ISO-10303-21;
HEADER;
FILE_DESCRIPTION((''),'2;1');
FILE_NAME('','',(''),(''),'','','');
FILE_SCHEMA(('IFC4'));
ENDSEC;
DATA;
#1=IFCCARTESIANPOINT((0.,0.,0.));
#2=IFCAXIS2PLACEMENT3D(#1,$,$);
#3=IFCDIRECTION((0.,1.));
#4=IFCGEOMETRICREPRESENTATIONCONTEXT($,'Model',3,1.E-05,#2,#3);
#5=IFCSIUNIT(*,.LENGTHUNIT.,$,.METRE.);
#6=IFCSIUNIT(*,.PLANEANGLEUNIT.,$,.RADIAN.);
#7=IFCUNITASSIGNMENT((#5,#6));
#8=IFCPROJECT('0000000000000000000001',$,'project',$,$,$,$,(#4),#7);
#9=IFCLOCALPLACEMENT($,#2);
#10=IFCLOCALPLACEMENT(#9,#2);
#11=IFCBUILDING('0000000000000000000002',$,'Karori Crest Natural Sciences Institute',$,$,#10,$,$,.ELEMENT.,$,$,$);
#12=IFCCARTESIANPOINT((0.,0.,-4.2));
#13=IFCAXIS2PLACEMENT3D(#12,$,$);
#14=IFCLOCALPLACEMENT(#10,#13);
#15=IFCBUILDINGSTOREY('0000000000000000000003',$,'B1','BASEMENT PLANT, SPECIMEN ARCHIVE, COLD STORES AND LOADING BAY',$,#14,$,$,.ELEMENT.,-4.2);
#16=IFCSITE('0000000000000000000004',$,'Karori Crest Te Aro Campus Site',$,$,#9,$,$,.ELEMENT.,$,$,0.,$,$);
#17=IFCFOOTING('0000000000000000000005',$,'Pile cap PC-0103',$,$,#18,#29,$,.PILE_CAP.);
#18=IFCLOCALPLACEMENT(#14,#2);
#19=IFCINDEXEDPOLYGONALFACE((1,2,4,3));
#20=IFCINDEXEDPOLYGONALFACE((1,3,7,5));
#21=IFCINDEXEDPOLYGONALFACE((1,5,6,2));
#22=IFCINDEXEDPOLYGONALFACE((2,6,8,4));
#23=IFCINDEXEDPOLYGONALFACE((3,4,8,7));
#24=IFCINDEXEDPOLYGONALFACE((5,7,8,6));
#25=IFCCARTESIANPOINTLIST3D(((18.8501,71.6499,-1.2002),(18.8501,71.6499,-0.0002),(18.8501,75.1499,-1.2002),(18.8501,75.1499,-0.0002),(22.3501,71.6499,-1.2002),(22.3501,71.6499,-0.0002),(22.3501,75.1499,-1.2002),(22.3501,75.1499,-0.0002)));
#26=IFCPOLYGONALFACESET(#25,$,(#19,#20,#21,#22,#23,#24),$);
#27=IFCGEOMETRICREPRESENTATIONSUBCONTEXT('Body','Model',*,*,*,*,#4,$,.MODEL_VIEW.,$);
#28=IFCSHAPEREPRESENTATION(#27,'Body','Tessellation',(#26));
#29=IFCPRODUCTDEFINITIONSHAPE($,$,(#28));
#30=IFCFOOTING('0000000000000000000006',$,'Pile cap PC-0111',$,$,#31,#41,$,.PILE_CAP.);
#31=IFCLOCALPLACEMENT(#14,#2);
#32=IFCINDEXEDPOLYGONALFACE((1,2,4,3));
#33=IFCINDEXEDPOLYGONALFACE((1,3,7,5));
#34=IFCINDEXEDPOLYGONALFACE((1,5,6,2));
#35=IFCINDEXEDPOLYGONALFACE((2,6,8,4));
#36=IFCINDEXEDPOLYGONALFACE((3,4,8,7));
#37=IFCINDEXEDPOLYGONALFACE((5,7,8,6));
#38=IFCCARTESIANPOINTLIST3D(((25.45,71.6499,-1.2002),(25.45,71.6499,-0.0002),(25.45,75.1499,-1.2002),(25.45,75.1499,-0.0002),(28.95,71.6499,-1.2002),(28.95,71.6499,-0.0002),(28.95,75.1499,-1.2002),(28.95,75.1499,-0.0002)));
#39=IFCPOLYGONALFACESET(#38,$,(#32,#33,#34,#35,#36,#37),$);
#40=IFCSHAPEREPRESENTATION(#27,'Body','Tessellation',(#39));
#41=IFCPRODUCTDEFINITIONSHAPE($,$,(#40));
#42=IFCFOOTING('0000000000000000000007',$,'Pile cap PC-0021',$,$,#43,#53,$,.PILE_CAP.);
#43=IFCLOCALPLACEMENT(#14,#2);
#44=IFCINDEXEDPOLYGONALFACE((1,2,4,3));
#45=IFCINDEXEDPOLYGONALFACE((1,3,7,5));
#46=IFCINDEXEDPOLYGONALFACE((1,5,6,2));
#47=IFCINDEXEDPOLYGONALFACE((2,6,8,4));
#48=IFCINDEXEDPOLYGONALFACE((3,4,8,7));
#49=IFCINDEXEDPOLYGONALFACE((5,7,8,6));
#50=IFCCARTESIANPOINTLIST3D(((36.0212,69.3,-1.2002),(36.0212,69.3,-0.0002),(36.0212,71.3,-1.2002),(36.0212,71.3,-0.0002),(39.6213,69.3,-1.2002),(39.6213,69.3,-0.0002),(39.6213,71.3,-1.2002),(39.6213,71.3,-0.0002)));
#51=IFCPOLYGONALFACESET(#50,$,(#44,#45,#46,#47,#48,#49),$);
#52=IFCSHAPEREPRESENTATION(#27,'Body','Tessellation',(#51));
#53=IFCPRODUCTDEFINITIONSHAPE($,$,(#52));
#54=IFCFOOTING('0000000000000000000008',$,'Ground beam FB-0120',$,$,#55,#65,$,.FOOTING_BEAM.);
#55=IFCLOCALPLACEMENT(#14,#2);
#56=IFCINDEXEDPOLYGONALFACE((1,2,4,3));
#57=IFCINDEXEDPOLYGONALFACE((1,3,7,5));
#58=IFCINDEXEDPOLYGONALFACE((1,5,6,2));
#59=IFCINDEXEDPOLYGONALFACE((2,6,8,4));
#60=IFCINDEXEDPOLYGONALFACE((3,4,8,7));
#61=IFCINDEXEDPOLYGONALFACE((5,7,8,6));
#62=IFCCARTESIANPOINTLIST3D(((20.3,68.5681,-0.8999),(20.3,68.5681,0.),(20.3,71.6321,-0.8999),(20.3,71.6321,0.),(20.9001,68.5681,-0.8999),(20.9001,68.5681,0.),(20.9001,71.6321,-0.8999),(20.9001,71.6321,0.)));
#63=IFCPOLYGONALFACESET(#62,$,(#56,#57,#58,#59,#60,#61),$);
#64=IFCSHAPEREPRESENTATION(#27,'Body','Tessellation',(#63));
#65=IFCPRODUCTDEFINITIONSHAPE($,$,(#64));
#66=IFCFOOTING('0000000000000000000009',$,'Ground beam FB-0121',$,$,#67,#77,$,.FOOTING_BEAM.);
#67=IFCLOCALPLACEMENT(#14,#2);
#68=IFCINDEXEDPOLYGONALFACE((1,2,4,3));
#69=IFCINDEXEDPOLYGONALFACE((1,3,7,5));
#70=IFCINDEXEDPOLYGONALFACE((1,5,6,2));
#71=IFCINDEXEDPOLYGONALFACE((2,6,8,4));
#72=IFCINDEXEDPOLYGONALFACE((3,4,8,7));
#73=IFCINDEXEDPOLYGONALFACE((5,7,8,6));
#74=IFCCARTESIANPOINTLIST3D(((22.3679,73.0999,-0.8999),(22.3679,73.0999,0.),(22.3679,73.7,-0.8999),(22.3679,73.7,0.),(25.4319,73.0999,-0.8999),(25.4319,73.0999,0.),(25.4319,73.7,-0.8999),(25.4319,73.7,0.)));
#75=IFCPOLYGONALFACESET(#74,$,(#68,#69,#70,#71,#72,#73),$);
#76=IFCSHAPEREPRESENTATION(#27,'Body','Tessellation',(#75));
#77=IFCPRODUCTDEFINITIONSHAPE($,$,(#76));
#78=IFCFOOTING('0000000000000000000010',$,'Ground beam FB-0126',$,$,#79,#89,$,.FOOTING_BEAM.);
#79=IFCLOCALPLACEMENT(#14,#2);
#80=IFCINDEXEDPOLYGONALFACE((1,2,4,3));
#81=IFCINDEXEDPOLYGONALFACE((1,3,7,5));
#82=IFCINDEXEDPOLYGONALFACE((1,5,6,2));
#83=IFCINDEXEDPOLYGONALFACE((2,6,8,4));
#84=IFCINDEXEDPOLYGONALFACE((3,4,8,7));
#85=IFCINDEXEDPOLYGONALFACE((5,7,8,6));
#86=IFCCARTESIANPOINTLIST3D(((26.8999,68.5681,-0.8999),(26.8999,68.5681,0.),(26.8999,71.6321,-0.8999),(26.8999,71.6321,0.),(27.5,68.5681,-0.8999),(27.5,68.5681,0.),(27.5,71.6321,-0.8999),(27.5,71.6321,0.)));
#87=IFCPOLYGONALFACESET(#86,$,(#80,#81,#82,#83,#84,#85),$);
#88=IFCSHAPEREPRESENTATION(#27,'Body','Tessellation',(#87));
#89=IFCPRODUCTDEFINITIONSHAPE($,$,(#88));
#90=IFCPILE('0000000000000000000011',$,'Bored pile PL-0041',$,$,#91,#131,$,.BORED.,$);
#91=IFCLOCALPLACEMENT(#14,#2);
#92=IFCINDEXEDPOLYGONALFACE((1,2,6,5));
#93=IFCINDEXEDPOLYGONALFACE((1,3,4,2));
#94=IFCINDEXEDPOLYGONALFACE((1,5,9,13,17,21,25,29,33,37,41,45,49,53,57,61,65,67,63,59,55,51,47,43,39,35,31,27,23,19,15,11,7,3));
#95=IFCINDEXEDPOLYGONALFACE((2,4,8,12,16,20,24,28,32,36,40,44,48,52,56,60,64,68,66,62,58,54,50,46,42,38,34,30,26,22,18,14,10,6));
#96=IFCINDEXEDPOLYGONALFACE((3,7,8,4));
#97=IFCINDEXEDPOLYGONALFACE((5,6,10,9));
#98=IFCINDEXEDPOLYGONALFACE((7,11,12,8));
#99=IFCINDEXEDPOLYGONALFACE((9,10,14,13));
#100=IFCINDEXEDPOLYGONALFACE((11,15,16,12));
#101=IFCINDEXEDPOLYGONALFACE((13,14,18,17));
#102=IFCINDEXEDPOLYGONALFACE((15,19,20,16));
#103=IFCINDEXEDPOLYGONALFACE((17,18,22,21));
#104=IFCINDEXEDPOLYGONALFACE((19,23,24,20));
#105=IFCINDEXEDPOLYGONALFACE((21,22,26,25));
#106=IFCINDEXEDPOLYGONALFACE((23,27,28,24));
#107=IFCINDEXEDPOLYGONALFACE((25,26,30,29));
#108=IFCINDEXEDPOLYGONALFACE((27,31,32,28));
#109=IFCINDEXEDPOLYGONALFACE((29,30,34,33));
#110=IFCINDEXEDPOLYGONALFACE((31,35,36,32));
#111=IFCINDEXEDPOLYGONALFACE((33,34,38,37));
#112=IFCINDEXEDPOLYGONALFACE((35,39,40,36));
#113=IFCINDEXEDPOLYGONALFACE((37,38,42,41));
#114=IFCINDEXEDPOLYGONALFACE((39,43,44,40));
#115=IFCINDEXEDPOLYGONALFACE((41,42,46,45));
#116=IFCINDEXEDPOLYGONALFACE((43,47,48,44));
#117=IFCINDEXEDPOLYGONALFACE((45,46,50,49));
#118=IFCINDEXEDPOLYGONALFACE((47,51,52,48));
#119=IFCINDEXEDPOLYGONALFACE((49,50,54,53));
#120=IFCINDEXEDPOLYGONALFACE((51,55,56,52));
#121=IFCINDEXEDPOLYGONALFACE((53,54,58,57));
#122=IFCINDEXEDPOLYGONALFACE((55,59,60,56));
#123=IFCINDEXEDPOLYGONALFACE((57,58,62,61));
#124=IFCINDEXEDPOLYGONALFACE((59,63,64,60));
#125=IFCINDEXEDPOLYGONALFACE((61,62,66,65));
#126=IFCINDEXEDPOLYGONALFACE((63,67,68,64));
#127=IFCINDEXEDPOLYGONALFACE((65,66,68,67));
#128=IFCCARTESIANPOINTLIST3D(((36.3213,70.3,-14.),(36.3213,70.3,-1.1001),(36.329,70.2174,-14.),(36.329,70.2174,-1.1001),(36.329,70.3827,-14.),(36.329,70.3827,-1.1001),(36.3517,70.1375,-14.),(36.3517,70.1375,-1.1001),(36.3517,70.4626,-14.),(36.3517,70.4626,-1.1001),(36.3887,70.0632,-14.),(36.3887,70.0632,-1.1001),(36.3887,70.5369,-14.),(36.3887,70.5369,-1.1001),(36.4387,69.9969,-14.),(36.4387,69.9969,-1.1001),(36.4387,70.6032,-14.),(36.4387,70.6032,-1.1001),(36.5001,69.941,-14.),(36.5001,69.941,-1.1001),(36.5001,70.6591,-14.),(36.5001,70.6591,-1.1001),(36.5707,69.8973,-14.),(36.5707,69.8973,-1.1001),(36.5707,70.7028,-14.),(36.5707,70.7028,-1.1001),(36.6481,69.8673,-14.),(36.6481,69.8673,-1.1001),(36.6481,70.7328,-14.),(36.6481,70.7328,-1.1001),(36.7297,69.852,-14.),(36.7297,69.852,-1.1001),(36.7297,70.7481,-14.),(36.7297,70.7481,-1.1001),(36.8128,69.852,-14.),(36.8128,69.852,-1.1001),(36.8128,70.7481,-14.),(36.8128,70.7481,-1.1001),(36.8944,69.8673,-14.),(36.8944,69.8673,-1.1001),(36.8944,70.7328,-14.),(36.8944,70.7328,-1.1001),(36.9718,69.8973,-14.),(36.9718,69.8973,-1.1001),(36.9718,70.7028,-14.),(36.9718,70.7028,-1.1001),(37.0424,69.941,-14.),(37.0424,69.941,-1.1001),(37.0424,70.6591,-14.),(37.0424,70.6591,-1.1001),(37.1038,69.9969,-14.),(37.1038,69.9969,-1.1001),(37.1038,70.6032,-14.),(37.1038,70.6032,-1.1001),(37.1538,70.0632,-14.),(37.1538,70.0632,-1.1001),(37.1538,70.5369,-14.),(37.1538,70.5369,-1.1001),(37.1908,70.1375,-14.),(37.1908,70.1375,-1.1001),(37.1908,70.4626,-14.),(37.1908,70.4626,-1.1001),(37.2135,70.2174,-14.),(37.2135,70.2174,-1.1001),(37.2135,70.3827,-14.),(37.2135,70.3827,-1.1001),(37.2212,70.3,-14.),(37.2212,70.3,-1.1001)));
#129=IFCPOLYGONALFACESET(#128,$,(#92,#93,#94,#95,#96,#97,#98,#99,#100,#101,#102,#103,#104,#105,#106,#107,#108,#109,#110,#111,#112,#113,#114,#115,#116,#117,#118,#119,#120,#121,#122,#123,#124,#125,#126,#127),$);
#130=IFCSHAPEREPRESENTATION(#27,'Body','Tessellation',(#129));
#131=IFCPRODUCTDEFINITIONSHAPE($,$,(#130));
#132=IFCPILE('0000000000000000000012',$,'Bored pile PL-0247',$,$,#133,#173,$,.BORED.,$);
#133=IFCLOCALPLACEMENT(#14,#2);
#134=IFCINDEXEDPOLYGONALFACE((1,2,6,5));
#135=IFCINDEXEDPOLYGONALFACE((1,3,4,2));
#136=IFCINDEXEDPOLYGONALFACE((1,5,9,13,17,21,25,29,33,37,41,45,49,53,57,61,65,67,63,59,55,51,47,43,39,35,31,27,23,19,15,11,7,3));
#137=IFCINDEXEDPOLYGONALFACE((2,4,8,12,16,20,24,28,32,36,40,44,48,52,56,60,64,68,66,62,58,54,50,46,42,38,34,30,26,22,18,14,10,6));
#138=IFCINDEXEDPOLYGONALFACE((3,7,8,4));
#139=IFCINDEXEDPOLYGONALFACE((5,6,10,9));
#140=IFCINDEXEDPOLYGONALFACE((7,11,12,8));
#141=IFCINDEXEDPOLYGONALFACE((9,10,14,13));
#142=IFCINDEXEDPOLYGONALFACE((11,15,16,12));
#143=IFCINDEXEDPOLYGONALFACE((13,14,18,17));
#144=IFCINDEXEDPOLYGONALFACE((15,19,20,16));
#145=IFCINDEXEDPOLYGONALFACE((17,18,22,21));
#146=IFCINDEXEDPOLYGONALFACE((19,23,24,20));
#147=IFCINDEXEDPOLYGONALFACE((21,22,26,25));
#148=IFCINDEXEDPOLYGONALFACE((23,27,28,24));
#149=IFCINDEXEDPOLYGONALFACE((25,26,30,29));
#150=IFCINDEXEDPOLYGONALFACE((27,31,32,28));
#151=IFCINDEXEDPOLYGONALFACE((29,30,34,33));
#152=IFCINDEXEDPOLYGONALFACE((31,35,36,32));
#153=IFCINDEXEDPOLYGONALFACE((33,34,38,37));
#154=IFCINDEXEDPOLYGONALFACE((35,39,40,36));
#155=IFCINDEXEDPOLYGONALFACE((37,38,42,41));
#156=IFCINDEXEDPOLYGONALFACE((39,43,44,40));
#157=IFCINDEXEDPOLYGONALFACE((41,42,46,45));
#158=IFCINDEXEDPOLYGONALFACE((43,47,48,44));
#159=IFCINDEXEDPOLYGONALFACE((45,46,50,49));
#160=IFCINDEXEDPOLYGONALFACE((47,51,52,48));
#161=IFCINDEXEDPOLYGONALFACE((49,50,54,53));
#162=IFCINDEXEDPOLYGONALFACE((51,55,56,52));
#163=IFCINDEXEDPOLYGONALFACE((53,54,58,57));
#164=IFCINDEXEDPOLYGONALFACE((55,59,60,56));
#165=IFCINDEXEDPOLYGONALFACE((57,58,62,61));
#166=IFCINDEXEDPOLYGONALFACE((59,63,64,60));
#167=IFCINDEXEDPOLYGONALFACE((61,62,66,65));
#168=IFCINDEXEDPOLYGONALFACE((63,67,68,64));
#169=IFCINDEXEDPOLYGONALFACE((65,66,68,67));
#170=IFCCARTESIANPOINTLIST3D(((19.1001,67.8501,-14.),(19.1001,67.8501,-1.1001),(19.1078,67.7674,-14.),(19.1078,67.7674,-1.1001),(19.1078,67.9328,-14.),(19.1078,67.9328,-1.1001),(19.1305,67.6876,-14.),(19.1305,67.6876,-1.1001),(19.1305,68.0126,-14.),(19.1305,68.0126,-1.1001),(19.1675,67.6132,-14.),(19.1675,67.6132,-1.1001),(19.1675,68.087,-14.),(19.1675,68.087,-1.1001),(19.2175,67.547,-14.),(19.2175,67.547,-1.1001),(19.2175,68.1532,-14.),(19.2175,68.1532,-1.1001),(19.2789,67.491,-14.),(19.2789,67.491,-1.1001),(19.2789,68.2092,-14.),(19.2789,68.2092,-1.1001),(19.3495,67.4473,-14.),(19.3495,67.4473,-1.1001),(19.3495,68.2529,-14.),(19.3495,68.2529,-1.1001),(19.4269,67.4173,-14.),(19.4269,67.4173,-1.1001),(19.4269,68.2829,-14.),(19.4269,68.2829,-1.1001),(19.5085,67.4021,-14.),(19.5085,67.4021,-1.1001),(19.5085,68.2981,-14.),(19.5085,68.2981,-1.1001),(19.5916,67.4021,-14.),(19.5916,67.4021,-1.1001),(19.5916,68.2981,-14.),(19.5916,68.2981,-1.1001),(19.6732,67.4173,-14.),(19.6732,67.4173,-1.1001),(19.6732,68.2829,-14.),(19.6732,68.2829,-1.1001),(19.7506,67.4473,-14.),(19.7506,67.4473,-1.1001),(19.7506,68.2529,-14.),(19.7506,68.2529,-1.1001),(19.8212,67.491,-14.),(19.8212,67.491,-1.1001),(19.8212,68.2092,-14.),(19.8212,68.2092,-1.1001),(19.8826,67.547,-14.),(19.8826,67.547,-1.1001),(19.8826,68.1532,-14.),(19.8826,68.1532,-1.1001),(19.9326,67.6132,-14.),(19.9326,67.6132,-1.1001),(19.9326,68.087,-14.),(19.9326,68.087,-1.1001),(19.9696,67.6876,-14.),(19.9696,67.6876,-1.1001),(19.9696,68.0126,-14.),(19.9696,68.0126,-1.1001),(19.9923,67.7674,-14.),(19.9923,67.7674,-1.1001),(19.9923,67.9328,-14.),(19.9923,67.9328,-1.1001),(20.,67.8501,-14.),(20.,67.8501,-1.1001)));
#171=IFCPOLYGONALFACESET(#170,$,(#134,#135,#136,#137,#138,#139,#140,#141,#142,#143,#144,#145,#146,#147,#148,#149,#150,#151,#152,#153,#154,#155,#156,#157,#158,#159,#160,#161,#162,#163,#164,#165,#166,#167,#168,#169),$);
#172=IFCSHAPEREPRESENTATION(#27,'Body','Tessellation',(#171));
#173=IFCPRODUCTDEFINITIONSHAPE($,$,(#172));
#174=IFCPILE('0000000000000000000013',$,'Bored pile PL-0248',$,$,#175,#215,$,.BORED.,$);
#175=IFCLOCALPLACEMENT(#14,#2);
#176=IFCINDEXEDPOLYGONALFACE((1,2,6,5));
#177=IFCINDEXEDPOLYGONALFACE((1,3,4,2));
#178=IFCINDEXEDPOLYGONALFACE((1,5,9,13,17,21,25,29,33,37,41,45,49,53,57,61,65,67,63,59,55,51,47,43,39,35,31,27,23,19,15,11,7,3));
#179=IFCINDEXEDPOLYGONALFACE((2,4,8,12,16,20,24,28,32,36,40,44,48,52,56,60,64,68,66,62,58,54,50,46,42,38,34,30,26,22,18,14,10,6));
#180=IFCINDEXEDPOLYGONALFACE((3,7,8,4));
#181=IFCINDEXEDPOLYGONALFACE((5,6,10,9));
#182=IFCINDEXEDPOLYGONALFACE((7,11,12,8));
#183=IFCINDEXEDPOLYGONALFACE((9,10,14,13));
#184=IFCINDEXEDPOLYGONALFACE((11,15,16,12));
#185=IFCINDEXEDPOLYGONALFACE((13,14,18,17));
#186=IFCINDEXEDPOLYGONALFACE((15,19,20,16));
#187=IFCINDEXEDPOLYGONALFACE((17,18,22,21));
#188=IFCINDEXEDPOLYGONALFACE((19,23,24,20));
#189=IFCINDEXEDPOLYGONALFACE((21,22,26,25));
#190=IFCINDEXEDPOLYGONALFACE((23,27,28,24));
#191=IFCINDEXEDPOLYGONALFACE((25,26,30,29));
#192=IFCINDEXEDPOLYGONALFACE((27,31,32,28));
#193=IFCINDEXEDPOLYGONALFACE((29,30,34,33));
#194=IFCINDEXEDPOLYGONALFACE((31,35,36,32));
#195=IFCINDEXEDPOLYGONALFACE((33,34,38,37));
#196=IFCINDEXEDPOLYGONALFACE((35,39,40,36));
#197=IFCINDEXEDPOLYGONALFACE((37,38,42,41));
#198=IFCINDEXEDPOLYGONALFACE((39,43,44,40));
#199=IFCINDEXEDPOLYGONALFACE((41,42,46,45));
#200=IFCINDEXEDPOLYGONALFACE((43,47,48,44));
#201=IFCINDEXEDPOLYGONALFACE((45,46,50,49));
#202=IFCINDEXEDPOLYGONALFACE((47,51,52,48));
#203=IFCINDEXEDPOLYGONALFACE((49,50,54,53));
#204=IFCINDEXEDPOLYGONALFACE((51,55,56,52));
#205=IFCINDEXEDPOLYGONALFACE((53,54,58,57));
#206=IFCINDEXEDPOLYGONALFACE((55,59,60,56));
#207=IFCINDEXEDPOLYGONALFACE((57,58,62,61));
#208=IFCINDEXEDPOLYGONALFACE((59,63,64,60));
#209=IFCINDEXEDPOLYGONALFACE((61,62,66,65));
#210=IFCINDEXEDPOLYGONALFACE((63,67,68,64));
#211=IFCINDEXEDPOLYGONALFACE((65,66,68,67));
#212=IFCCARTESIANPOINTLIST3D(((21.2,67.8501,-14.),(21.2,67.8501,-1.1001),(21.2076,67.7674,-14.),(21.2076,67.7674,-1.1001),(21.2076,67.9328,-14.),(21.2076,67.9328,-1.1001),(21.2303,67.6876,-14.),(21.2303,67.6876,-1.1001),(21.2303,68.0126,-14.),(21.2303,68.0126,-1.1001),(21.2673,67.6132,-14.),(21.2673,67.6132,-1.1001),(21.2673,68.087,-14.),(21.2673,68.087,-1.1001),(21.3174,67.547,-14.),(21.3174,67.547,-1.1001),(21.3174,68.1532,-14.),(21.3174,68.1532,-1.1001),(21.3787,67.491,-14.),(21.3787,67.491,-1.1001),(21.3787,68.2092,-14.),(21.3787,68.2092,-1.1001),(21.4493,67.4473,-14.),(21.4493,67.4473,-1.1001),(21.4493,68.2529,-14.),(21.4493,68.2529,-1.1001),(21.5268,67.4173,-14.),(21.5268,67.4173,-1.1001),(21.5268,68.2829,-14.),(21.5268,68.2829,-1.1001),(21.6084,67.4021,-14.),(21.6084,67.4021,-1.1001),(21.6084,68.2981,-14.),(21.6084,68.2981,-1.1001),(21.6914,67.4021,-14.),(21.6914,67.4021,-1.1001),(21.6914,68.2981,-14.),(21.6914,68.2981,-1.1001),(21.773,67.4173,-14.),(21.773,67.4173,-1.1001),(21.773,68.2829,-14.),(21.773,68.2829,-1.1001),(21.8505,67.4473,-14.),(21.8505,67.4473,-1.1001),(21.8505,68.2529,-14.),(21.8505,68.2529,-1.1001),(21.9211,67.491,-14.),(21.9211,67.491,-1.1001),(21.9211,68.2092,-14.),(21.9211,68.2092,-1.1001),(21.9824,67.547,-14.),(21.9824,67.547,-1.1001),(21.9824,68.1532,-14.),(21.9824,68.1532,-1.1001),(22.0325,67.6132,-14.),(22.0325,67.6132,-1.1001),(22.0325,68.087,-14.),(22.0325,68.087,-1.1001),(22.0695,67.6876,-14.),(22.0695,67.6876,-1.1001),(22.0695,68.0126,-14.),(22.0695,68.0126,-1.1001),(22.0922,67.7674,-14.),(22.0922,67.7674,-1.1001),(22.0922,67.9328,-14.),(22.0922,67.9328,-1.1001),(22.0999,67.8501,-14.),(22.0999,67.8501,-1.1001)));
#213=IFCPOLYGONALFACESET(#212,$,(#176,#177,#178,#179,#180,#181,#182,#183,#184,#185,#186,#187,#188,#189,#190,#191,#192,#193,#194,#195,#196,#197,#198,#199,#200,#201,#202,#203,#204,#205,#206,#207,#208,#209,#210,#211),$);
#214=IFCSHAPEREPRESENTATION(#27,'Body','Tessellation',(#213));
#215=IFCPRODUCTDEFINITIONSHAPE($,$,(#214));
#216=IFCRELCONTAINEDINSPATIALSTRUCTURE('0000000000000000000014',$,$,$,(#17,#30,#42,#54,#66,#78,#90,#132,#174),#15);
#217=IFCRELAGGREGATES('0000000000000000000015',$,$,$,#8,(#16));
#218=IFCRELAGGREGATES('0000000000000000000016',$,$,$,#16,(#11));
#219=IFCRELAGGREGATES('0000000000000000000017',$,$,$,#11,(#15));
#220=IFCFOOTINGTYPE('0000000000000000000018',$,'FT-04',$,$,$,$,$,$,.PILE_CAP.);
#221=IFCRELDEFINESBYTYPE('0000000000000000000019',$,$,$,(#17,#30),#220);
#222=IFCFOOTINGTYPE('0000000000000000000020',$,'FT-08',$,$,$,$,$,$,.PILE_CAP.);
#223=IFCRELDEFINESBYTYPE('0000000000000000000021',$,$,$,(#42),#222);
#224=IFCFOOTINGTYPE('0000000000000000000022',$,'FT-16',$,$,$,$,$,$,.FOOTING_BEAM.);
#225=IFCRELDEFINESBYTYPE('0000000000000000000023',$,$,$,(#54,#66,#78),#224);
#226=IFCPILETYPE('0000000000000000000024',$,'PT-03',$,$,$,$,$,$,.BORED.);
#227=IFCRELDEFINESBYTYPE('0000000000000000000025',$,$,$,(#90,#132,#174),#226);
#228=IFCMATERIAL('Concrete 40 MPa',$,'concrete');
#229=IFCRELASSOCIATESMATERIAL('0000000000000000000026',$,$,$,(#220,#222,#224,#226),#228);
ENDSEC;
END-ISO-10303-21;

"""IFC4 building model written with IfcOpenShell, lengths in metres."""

from ifc_helpers import new_model, si_unit, direction, frame, origin, origin_2d, place, context, subcontext, project, spatial, rectangle, circle, extrude, material, material_profile, profile_set, type_object, element, save


model = new_model("IFC4")

# Units and contexts
model_context = context("Model", 3, precision=1e-05, world=origin(), true_north=direction((0.0, 1.0)))
body_context = subcontext(model_context, "Body", "Model", "MODEL_VIEW")
ifc_project = project(units=[si_unit("LENGTHUNIT", "METRE"), si_unit("PLANEANGLEUNIT", "RADIAN")], contexts=[model_context])

# Site, building, storey
site_placement = place(None, origin())
site = spatial("IfcSite", under=ifc_project, at=site_placement, Name="Karori Crest Te Aro Campus Site", CompositionType="ELEMENT", RefElevation=0.0)
building_placement = place(site_placement, origin())
building = spatial("IfcBuilding", under=site, at=building_placement, Name="Karori Crest Natural Sciences Institute", CompositionType="ELEMENT")
storey_placement = place(building_placement, frame((0.0, 0.0, -4.2)))
storey = spatial("IfcBuildingStorey", under=building, at=storey_placement, Name="B1", Description="BASEMENT PLANT, SPECIMEN ARCHIVE, COLD STORES AND LOADING BAY", CompositionType="ELEMENT", Elevation=-4.2)

# Footings
ifc_material_1 = material(Name="Concrete 40 MPa", Category="concrete")
footing_type_1 = type_object("IfcFootingType", Name="FT-04", PredefinedType="PILE_CAP", material=ifc_material_1)
for number, where, z_axis, x_axis, name in (
    (1, (20.6001, 73.3999, -1.2002), (0.0, 0.0, 1.0), (1.0, 0.0, 0.0), "Pile cap PC-0103"),
    (2, (27.2, 73.3999, -1.2002), (0.0, 0.0, 1.0), (1.0, 0.0, 0.0), "Pile cap PC-0111"),
):
    element("IfcFooting", number, at=place(storey_placement, frame(where, z_axis=z_axis, x_axis=x_axis)), inside=storey, type_object=footing_type_1, Name=name, PredefinedType="PILE_CAP", context=body_context, shape_type="SweptSolid", body=[
        extrude(rectangle(XDim=3.5, YDim=3.5, at=origin_2d()), origin(), (0.0, 0.0, 1.0), 1.2),
    ])
footing_type_2 = type_object("IfcFootingType", Name="FT-08", PredefinedType="PILE_CAP", material=ifc_material_1)
footing_placement = place(storey_placement, frame((37.8213, 70.3, -1.2002), z_axis=(0.0, 0.0, 1.0), x_axis=(1.0, 0.0, 0.0)))
element("IfcFooting", 3, at=footing_placement, inside=storey, type_object=footing_type_2, Name="Pile cap PC-0021", PredefinedType="PILE_CAP", context=body_context, shape_type="SweptSolid", body=[
    extrude(rectangle(XDim=3.6001, YDim=2.0, at=origin_2d()), origin(), (0.0, 0.0, 1.0), 1.2),
])
footing_type_3 = type_object("IfcFootingType", Name="FT-16", PredefinedType="FOOTING_BEAM", material=ifc_material_1)
for number, where, z_axis, x_axis, name in (
    (4, (20.6001, 70.1001, -0.8999), (0.0, 0.0, 1.0), (0.0, 1.0, 0.0), "Ground beam FB-0120"),
    (5, (23.8999, 73.3999, -0.8999), (0.0, 0.0, 1.0), (1.0, 0.0, 0.0), "Ground beam FB-0121"),
    (6, (27.2, 70.1001, -0.8999), (0.0, 0.0, 1.0), (0.0, 1.0, 0.0), "Ground beam FB-0126"),
):
    element("IfcFooting", number, at=place(storey_placement, frame(where, z_axis=z_axis, x_axis=x_axis)), inside=storey, type_object=footing_type_3, Name=name, PredefinedType="FOOTING_BEAM", context=body_context, shape_type="SweptSolid", body=[
        extrude(rectangle(XDim=3.064, YDim=0.6001, at=origin_2d()), origin(), (0.0, 0.0, 1.0), 0.8999),
    ])

# Piles
ifc_material_profile_1 = material_profile(ifc_material_1, circle(Radius=0.45, at=origin_2d()), Name="PILE900")
ifc_profile_set_1 = profile_set([ifc_material_profile_1], Name="Concrete 40 MPa")
pile_type_1 = type_object("IfcPileType", Name="PT-03", PredefinedType="BORED", material=ifc_profile_set_1)
for number, where, z_axis, x_axis, name in (
    (7, (36.7712, 70.3, -1.1001), (0.0, 0.0, -1.0), (1.0, 0.0, 0.0), "Bored pile PL-0041"),
    (8, (19.55, 67.8501, -1.1001), (0.0, 0.0, -1.0), (1.0, 0.0, 0.0), "Bored pile PL-0247"),
    (9, (21.6499, 67.8501, -1.1001), (0.0, 0.0, -1.0), (1.0, 0.0, 0.0), "Bored pile PL-0248"),
):
    element("IfcPile", number, at=place(storey_placement, frame(where, z_axis=z_axis, x_axis=x_axis)), inside=storey, type_object=pile_type_1, Name=name, PredefinedType="BORED", context=body_context, shape_type="SweptSolid", body=[
        extrude(circle(Radius=0.45, at=origin_2d()), origin(), (0.0, 0.0, 1.0), 12.8999),
    ])

save(model, "model.ifc")
